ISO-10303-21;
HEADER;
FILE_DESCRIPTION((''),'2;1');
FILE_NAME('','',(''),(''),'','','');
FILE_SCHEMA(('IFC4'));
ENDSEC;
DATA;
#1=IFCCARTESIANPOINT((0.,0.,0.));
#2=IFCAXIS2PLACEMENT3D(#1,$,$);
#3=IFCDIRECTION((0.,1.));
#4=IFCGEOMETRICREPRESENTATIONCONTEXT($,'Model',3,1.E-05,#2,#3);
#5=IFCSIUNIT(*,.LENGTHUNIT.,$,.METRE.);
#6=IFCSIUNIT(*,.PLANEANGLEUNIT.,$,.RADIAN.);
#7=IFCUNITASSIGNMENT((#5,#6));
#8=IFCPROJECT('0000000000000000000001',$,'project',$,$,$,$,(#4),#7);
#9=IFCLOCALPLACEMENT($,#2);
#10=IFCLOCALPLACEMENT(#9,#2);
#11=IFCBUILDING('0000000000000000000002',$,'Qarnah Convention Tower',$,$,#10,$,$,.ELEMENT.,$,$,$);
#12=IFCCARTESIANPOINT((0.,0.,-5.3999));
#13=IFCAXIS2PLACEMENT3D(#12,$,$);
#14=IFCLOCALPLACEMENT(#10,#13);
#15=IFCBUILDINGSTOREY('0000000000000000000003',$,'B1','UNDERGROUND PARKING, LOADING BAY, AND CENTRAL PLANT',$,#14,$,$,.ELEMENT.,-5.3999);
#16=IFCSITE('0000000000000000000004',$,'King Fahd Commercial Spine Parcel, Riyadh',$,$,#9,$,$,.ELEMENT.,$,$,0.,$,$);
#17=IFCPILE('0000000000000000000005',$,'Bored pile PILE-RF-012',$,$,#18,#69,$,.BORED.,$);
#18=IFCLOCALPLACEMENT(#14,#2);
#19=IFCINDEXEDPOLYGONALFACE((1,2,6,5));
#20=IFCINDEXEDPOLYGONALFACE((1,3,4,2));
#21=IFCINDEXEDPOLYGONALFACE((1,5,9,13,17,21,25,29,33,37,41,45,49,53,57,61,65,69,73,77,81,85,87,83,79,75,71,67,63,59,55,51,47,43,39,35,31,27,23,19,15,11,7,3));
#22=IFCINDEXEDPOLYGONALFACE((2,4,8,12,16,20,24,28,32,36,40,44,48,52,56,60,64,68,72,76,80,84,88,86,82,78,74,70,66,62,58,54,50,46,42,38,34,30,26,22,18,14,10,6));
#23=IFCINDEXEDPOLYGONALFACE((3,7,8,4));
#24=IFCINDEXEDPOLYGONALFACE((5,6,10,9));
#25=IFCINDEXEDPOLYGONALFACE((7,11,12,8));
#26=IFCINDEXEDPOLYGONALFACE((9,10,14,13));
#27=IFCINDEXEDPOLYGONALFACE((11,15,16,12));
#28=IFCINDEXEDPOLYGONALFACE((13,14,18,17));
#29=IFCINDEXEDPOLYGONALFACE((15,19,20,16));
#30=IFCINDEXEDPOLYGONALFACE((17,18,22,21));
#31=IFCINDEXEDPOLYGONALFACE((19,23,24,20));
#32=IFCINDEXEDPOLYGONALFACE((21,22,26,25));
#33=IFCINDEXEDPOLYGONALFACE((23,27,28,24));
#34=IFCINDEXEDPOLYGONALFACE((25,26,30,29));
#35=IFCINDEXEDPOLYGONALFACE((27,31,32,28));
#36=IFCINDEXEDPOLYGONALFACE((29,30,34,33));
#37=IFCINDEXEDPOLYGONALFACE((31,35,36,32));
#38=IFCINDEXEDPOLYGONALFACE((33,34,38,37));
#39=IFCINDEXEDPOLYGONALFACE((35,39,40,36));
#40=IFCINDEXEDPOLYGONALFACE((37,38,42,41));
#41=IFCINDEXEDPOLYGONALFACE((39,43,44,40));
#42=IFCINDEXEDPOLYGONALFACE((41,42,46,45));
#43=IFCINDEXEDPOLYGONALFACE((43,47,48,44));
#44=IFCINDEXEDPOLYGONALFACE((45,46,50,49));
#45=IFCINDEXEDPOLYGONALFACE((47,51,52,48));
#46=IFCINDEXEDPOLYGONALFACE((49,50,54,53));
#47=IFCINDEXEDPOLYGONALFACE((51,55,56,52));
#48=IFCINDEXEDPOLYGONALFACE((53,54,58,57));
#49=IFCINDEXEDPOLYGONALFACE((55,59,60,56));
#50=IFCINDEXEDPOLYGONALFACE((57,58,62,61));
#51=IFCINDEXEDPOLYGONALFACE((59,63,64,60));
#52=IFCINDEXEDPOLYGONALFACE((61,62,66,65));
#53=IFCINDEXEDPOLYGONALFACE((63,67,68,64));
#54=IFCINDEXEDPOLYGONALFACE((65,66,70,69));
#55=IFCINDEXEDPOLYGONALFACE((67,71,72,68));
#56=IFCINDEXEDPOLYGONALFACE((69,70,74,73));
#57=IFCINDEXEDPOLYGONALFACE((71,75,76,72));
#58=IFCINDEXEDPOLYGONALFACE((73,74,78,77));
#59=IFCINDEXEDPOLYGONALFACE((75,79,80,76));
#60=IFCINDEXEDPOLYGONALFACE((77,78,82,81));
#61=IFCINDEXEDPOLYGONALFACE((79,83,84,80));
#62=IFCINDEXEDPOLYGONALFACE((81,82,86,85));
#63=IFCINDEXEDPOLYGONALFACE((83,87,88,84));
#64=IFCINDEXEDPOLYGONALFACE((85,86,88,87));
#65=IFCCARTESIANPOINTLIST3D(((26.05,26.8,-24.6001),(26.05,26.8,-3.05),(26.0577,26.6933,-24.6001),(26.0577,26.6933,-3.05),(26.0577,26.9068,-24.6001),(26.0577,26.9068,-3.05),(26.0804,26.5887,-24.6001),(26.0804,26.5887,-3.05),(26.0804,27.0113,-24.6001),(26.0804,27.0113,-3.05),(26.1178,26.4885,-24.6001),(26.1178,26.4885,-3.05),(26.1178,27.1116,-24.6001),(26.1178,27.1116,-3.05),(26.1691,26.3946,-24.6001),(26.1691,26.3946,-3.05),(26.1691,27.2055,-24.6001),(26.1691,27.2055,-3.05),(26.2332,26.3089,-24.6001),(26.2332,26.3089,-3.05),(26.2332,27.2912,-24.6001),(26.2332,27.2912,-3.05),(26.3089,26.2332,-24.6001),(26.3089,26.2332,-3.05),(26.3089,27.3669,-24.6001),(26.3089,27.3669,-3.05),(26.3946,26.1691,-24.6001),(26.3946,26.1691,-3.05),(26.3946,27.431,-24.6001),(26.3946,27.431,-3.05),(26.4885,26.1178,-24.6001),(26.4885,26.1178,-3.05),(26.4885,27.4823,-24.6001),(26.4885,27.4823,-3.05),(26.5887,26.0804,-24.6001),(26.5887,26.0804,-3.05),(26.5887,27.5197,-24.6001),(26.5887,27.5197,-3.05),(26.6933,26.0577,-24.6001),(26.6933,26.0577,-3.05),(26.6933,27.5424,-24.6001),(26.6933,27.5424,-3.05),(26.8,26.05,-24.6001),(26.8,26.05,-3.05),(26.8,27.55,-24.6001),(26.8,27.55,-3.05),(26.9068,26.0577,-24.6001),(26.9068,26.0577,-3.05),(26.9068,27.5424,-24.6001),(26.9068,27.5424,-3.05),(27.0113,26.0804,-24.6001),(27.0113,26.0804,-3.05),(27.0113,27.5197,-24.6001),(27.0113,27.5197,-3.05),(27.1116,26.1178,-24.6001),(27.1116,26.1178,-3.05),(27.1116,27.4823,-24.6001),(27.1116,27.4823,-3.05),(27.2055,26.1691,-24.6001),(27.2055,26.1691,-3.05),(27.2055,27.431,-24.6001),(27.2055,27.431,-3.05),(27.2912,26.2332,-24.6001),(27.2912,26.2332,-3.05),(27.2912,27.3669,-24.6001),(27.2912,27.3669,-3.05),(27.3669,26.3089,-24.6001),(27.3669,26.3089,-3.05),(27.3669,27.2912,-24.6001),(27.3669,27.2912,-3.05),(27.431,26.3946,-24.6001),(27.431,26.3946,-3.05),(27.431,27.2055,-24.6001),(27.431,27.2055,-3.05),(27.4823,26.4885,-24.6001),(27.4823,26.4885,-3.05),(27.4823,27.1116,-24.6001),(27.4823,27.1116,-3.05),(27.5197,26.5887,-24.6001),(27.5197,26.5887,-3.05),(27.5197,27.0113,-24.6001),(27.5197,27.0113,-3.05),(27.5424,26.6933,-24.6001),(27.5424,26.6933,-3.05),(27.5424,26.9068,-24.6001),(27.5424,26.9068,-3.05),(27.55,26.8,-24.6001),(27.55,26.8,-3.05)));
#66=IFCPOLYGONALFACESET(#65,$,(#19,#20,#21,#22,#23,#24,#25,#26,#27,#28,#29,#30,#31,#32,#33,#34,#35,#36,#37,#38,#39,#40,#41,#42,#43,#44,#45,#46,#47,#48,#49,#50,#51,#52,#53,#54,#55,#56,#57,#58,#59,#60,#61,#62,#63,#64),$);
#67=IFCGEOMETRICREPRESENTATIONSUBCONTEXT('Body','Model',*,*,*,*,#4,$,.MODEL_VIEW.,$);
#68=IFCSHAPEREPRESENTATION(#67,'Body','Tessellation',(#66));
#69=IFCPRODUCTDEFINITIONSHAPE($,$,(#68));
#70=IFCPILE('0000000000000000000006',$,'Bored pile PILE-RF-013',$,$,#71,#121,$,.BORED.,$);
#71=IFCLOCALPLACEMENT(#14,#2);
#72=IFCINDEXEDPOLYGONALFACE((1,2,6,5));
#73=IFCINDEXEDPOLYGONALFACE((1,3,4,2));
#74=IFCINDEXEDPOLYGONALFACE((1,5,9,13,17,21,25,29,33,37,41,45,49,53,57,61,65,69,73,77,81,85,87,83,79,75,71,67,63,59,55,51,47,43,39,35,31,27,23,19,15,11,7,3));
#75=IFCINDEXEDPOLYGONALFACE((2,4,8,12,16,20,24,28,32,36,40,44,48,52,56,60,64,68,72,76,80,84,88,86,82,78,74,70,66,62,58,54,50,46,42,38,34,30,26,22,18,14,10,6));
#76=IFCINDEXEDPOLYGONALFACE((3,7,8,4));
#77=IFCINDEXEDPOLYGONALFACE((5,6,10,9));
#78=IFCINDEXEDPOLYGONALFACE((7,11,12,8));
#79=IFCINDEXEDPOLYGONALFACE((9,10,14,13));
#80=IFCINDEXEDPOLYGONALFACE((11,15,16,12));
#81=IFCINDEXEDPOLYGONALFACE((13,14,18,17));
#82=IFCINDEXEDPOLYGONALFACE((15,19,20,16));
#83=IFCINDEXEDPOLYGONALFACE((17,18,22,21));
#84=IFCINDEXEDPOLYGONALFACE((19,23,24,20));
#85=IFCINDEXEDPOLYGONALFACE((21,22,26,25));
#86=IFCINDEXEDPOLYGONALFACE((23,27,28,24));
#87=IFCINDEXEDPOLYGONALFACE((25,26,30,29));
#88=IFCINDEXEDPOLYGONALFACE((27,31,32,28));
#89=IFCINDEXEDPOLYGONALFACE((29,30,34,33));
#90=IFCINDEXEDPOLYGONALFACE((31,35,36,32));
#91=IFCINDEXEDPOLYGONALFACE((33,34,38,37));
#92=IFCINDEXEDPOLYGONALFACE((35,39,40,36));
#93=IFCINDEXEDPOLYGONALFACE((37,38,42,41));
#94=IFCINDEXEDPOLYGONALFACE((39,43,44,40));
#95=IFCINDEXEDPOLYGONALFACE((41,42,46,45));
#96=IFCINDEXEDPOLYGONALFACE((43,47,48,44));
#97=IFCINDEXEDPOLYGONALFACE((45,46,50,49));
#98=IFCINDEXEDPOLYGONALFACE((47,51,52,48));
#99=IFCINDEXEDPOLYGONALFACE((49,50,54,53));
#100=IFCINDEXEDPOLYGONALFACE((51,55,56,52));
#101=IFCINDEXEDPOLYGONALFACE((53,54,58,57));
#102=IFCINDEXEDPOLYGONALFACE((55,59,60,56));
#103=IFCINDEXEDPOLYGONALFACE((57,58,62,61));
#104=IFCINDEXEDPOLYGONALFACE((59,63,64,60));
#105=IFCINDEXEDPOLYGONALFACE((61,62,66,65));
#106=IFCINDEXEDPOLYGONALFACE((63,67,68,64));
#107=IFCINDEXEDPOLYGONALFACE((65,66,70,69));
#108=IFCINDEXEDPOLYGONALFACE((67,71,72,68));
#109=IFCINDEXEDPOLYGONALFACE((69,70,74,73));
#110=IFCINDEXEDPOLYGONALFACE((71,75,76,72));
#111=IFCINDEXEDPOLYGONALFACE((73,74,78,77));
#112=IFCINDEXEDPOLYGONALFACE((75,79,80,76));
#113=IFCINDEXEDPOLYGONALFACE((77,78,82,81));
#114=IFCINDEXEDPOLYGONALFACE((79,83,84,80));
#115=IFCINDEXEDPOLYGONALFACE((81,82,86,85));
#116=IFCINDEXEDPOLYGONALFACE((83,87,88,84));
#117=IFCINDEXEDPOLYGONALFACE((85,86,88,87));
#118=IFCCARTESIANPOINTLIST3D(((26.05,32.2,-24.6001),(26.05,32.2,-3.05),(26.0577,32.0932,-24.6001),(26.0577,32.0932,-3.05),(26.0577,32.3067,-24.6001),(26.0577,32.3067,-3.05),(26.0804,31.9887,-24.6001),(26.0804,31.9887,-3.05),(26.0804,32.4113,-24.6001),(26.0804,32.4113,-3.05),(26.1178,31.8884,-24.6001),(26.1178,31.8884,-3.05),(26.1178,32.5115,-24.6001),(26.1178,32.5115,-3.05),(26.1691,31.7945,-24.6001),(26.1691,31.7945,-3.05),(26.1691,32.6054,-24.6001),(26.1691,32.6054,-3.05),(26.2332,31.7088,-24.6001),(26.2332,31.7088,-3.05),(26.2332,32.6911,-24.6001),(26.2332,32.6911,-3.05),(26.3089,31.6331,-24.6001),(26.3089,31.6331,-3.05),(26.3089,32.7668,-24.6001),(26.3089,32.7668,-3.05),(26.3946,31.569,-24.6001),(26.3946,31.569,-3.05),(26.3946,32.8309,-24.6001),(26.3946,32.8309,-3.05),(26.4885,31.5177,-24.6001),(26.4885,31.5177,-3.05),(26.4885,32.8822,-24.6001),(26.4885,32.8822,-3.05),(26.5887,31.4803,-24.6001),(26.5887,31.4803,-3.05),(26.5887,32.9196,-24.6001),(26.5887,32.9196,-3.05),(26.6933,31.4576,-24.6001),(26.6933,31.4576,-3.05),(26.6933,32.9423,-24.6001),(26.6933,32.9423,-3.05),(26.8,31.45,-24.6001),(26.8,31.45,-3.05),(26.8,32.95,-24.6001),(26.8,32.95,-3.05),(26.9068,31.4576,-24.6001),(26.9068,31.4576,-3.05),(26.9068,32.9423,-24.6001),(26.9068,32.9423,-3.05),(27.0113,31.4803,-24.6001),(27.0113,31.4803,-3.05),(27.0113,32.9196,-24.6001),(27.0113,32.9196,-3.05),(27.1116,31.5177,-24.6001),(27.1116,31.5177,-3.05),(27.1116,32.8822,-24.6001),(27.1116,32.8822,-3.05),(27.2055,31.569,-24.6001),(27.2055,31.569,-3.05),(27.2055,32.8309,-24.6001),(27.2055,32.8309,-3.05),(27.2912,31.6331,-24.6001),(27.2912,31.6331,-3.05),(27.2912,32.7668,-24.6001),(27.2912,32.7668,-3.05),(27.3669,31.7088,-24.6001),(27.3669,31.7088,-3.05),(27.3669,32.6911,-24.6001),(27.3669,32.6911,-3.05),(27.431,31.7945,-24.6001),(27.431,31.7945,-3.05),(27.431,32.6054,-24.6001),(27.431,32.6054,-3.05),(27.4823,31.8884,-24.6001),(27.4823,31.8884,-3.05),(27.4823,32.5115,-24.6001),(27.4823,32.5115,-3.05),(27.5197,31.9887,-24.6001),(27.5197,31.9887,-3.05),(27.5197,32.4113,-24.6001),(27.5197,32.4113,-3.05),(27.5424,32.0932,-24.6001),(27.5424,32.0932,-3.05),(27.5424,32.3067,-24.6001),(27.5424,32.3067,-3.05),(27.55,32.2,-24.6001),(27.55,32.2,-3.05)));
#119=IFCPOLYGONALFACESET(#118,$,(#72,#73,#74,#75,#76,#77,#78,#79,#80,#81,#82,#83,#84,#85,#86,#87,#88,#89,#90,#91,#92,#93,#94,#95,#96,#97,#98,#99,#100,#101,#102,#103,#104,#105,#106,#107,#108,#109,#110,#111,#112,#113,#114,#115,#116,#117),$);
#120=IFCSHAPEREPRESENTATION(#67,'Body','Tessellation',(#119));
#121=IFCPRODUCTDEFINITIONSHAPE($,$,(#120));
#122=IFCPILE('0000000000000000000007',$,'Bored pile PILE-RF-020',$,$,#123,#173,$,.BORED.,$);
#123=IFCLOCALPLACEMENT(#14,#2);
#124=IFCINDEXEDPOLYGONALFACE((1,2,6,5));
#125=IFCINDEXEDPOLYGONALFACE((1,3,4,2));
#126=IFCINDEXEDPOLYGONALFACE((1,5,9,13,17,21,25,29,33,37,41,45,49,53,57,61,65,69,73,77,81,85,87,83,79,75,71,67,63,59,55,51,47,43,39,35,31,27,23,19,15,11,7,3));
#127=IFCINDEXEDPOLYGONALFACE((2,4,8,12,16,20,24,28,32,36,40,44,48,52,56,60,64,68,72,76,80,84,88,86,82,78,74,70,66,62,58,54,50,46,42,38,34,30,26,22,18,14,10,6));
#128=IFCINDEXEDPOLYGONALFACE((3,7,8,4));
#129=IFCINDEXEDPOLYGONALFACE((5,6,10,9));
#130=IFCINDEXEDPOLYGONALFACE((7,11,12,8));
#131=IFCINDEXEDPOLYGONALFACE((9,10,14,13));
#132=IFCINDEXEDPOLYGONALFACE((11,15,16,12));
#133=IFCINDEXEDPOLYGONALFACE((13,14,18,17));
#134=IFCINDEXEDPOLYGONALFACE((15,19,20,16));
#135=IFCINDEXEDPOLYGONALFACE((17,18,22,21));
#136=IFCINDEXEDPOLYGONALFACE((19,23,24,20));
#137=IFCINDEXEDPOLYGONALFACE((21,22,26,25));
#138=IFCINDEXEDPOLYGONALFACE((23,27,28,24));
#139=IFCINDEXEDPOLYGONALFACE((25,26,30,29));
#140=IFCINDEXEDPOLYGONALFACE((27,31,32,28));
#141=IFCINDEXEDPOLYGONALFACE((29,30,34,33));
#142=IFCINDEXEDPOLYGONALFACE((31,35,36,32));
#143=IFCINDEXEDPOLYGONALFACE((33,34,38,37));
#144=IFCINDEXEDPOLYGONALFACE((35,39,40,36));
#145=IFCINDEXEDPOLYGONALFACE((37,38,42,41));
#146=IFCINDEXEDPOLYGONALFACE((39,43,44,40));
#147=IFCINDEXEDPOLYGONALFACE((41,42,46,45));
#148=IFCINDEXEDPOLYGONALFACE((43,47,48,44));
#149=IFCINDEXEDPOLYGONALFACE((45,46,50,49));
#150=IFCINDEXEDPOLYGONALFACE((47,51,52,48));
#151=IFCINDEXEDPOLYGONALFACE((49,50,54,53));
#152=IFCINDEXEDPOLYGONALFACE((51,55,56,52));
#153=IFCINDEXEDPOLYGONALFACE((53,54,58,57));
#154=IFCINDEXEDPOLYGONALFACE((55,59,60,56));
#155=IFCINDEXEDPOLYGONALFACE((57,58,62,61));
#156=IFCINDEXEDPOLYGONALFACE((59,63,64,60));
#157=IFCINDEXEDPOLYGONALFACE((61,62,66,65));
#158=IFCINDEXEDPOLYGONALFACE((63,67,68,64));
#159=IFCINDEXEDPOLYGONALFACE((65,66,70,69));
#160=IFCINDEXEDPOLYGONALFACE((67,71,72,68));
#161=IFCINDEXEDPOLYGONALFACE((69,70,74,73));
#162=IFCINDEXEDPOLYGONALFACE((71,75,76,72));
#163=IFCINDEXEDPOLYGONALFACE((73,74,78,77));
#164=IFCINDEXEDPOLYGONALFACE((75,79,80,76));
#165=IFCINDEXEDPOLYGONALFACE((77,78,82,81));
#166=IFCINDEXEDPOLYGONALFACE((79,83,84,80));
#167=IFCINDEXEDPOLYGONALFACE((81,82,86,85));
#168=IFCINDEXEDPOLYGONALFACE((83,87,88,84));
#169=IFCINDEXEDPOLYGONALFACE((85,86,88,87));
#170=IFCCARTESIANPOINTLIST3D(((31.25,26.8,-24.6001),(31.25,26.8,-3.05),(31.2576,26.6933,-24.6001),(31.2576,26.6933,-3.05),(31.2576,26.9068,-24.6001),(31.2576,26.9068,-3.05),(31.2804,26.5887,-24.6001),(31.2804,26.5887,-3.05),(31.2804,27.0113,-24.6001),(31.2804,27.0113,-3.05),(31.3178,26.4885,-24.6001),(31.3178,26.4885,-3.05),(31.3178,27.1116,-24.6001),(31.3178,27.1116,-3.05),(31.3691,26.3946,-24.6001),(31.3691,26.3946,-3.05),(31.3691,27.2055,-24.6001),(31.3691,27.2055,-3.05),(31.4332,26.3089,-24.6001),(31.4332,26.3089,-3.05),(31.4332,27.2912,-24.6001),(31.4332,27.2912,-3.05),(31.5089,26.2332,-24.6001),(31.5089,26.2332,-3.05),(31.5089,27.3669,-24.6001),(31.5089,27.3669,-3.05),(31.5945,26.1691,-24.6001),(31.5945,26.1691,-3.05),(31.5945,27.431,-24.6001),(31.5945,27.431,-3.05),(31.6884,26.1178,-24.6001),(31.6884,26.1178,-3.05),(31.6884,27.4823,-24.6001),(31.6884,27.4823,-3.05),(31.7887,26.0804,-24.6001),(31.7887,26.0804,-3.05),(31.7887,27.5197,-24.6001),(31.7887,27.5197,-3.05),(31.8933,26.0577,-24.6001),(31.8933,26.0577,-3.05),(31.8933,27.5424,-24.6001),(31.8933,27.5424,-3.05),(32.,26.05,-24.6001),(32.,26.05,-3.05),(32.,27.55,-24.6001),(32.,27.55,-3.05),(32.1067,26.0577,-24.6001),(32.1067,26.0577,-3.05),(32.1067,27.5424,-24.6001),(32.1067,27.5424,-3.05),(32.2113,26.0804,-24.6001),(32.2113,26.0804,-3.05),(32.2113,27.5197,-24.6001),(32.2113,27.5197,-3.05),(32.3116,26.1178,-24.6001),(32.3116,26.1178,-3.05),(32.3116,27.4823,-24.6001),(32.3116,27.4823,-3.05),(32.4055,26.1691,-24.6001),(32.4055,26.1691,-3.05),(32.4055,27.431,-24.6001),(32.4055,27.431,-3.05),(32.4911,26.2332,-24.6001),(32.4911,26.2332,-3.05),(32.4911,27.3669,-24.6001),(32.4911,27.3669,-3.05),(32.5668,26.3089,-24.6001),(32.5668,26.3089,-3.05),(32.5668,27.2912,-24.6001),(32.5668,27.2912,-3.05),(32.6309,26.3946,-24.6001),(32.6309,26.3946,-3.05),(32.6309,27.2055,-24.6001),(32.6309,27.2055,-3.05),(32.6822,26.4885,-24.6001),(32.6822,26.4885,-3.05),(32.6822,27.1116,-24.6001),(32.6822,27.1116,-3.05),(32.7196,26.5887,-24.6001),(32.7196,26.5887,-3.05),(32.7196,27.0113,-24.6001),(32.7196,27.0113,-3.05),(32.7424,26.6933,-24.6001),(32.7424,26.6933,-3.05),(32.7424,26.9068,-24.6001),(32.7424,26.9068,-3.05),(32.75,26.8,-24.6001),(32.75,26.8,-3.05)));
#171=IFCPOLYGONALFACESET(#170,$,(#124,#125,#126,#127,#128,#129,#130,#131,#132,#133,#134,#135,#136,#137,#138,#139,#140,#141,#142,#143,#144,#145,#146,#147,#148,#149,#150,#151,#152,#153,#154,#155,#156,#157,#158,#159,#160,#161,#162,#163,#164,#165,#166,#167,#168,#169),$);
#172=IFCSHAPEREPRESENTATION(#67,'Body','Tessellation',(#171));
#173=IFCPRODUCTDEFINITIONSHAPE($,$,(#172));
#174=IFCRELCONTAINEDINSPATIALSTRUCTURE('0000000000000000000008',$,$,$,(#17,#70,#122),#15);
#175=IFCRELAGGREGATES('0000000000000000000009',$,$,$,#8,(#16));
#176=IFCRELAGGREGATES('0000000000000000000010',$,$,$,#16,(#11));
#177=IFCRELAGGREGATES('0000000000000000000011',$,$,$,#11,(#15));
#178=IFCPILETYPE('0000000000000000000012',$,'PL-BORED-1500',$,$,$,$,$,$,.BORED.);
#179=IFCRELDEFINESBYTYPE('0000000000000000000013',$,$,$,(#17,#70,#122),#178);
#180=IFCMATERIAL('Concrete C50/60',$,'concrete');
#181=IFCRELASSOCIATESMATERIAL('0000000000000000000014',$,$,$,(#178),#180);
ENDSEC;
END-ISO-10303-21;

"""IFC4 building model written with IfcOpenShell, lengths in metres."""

from ifc_helpers import new_model, si_unit, direction, frame, origin, origin_2d, place, context, subcontext, project, spatial, circle, extrude, material, material_profile, profile_set, type_object, element, save


model = new_model("IFC4")

# Units and contexts
model_context = context("Model", 3, precision=1e-05, world=origin(), true_north=direction((0.0, 1.0)))
body_context = subcontext(model_context, "Body", "Model", "MODEL_VIEW")
ifc_project = project(units=[si_unit("LENGTHUNIT", "METRE"), si_unit("PLANEANGLEUNIT", "RADIAN")], contexts=[model_context])

# Site, building, storey
site_placement = place(None, origin())
site = spatial("IfcSite", under=ifc_project, at=site_placement, Name="King Fahd Commercial Spine Parcel, Riyadh", CompositionType="ELEMENT", RefElevation=0.0)
building_placement = place(site_placement, origin())
building = spatial("IfcBuilding", under=site, at=building_placement, Name="Qarnah Convention Tower", CompositionType="ELEMENT")
storey_placement = place(building_placement, frame((0.0, 0.0, -5.3999)))
storey = spatial("IfcBuildingStorey", under=building, at=storey_placement, Name="B1", Description="UNDERGROUND PARKING, LOADING BAY, AND CENTRAL PLANT", CompositionType="ELEMENT", Elevation=-5.3999)

# Piles
ifc_material_1 = material(Name="Concrete C50/60", Category="concrete")
ifc_material_profile = material_profile(ifc_material_1, circle(Radius=0.75, at=origin_2d()), Name="PILE-D1500")
ifc_profile_set = profile_set([ifc_material_profile], Name="Concrete C50/60")
pile_type = type_object("IfcPileType", Name="PL-BORED-1500", PredefinedType="BORED", material=ifc_profile_set)
for number, where, z_axis, x_axis, name in (
    (1, (26.8, 26.8, -3.05), (0.0, 0.0, -1.0), (1.0, 0.0, 0.0), "Bored pile PILE-RF-012"),
    (2, (26.8, 32.2, -3.05), (0.0, 0.0, -1.0), (1.0, 0.0, 0.0), "Bored pile PILE-RF-013"),
    (3, (32.0, 26.8, -3.05), (0.0, 0.0, -1.0), (1.0, 0.0, 0.0), "Bored pile PILE-RF-020"),
):
    element("IfcPile", number, at=place(storey_placement, frame(where, z_axis=z_axis, x_axis=x_axis)), inside=storey, type_object=pile_type, Name=name, PredefinedType="BORED", context=body_context, shape_type="SweptSolid", body=[
        extrude(circle(Radius=0.75, at=origin_2d()), origin(), (0.0, 0.0, 1.0), 21.55),
    ])

save(model, "model.ifc")
